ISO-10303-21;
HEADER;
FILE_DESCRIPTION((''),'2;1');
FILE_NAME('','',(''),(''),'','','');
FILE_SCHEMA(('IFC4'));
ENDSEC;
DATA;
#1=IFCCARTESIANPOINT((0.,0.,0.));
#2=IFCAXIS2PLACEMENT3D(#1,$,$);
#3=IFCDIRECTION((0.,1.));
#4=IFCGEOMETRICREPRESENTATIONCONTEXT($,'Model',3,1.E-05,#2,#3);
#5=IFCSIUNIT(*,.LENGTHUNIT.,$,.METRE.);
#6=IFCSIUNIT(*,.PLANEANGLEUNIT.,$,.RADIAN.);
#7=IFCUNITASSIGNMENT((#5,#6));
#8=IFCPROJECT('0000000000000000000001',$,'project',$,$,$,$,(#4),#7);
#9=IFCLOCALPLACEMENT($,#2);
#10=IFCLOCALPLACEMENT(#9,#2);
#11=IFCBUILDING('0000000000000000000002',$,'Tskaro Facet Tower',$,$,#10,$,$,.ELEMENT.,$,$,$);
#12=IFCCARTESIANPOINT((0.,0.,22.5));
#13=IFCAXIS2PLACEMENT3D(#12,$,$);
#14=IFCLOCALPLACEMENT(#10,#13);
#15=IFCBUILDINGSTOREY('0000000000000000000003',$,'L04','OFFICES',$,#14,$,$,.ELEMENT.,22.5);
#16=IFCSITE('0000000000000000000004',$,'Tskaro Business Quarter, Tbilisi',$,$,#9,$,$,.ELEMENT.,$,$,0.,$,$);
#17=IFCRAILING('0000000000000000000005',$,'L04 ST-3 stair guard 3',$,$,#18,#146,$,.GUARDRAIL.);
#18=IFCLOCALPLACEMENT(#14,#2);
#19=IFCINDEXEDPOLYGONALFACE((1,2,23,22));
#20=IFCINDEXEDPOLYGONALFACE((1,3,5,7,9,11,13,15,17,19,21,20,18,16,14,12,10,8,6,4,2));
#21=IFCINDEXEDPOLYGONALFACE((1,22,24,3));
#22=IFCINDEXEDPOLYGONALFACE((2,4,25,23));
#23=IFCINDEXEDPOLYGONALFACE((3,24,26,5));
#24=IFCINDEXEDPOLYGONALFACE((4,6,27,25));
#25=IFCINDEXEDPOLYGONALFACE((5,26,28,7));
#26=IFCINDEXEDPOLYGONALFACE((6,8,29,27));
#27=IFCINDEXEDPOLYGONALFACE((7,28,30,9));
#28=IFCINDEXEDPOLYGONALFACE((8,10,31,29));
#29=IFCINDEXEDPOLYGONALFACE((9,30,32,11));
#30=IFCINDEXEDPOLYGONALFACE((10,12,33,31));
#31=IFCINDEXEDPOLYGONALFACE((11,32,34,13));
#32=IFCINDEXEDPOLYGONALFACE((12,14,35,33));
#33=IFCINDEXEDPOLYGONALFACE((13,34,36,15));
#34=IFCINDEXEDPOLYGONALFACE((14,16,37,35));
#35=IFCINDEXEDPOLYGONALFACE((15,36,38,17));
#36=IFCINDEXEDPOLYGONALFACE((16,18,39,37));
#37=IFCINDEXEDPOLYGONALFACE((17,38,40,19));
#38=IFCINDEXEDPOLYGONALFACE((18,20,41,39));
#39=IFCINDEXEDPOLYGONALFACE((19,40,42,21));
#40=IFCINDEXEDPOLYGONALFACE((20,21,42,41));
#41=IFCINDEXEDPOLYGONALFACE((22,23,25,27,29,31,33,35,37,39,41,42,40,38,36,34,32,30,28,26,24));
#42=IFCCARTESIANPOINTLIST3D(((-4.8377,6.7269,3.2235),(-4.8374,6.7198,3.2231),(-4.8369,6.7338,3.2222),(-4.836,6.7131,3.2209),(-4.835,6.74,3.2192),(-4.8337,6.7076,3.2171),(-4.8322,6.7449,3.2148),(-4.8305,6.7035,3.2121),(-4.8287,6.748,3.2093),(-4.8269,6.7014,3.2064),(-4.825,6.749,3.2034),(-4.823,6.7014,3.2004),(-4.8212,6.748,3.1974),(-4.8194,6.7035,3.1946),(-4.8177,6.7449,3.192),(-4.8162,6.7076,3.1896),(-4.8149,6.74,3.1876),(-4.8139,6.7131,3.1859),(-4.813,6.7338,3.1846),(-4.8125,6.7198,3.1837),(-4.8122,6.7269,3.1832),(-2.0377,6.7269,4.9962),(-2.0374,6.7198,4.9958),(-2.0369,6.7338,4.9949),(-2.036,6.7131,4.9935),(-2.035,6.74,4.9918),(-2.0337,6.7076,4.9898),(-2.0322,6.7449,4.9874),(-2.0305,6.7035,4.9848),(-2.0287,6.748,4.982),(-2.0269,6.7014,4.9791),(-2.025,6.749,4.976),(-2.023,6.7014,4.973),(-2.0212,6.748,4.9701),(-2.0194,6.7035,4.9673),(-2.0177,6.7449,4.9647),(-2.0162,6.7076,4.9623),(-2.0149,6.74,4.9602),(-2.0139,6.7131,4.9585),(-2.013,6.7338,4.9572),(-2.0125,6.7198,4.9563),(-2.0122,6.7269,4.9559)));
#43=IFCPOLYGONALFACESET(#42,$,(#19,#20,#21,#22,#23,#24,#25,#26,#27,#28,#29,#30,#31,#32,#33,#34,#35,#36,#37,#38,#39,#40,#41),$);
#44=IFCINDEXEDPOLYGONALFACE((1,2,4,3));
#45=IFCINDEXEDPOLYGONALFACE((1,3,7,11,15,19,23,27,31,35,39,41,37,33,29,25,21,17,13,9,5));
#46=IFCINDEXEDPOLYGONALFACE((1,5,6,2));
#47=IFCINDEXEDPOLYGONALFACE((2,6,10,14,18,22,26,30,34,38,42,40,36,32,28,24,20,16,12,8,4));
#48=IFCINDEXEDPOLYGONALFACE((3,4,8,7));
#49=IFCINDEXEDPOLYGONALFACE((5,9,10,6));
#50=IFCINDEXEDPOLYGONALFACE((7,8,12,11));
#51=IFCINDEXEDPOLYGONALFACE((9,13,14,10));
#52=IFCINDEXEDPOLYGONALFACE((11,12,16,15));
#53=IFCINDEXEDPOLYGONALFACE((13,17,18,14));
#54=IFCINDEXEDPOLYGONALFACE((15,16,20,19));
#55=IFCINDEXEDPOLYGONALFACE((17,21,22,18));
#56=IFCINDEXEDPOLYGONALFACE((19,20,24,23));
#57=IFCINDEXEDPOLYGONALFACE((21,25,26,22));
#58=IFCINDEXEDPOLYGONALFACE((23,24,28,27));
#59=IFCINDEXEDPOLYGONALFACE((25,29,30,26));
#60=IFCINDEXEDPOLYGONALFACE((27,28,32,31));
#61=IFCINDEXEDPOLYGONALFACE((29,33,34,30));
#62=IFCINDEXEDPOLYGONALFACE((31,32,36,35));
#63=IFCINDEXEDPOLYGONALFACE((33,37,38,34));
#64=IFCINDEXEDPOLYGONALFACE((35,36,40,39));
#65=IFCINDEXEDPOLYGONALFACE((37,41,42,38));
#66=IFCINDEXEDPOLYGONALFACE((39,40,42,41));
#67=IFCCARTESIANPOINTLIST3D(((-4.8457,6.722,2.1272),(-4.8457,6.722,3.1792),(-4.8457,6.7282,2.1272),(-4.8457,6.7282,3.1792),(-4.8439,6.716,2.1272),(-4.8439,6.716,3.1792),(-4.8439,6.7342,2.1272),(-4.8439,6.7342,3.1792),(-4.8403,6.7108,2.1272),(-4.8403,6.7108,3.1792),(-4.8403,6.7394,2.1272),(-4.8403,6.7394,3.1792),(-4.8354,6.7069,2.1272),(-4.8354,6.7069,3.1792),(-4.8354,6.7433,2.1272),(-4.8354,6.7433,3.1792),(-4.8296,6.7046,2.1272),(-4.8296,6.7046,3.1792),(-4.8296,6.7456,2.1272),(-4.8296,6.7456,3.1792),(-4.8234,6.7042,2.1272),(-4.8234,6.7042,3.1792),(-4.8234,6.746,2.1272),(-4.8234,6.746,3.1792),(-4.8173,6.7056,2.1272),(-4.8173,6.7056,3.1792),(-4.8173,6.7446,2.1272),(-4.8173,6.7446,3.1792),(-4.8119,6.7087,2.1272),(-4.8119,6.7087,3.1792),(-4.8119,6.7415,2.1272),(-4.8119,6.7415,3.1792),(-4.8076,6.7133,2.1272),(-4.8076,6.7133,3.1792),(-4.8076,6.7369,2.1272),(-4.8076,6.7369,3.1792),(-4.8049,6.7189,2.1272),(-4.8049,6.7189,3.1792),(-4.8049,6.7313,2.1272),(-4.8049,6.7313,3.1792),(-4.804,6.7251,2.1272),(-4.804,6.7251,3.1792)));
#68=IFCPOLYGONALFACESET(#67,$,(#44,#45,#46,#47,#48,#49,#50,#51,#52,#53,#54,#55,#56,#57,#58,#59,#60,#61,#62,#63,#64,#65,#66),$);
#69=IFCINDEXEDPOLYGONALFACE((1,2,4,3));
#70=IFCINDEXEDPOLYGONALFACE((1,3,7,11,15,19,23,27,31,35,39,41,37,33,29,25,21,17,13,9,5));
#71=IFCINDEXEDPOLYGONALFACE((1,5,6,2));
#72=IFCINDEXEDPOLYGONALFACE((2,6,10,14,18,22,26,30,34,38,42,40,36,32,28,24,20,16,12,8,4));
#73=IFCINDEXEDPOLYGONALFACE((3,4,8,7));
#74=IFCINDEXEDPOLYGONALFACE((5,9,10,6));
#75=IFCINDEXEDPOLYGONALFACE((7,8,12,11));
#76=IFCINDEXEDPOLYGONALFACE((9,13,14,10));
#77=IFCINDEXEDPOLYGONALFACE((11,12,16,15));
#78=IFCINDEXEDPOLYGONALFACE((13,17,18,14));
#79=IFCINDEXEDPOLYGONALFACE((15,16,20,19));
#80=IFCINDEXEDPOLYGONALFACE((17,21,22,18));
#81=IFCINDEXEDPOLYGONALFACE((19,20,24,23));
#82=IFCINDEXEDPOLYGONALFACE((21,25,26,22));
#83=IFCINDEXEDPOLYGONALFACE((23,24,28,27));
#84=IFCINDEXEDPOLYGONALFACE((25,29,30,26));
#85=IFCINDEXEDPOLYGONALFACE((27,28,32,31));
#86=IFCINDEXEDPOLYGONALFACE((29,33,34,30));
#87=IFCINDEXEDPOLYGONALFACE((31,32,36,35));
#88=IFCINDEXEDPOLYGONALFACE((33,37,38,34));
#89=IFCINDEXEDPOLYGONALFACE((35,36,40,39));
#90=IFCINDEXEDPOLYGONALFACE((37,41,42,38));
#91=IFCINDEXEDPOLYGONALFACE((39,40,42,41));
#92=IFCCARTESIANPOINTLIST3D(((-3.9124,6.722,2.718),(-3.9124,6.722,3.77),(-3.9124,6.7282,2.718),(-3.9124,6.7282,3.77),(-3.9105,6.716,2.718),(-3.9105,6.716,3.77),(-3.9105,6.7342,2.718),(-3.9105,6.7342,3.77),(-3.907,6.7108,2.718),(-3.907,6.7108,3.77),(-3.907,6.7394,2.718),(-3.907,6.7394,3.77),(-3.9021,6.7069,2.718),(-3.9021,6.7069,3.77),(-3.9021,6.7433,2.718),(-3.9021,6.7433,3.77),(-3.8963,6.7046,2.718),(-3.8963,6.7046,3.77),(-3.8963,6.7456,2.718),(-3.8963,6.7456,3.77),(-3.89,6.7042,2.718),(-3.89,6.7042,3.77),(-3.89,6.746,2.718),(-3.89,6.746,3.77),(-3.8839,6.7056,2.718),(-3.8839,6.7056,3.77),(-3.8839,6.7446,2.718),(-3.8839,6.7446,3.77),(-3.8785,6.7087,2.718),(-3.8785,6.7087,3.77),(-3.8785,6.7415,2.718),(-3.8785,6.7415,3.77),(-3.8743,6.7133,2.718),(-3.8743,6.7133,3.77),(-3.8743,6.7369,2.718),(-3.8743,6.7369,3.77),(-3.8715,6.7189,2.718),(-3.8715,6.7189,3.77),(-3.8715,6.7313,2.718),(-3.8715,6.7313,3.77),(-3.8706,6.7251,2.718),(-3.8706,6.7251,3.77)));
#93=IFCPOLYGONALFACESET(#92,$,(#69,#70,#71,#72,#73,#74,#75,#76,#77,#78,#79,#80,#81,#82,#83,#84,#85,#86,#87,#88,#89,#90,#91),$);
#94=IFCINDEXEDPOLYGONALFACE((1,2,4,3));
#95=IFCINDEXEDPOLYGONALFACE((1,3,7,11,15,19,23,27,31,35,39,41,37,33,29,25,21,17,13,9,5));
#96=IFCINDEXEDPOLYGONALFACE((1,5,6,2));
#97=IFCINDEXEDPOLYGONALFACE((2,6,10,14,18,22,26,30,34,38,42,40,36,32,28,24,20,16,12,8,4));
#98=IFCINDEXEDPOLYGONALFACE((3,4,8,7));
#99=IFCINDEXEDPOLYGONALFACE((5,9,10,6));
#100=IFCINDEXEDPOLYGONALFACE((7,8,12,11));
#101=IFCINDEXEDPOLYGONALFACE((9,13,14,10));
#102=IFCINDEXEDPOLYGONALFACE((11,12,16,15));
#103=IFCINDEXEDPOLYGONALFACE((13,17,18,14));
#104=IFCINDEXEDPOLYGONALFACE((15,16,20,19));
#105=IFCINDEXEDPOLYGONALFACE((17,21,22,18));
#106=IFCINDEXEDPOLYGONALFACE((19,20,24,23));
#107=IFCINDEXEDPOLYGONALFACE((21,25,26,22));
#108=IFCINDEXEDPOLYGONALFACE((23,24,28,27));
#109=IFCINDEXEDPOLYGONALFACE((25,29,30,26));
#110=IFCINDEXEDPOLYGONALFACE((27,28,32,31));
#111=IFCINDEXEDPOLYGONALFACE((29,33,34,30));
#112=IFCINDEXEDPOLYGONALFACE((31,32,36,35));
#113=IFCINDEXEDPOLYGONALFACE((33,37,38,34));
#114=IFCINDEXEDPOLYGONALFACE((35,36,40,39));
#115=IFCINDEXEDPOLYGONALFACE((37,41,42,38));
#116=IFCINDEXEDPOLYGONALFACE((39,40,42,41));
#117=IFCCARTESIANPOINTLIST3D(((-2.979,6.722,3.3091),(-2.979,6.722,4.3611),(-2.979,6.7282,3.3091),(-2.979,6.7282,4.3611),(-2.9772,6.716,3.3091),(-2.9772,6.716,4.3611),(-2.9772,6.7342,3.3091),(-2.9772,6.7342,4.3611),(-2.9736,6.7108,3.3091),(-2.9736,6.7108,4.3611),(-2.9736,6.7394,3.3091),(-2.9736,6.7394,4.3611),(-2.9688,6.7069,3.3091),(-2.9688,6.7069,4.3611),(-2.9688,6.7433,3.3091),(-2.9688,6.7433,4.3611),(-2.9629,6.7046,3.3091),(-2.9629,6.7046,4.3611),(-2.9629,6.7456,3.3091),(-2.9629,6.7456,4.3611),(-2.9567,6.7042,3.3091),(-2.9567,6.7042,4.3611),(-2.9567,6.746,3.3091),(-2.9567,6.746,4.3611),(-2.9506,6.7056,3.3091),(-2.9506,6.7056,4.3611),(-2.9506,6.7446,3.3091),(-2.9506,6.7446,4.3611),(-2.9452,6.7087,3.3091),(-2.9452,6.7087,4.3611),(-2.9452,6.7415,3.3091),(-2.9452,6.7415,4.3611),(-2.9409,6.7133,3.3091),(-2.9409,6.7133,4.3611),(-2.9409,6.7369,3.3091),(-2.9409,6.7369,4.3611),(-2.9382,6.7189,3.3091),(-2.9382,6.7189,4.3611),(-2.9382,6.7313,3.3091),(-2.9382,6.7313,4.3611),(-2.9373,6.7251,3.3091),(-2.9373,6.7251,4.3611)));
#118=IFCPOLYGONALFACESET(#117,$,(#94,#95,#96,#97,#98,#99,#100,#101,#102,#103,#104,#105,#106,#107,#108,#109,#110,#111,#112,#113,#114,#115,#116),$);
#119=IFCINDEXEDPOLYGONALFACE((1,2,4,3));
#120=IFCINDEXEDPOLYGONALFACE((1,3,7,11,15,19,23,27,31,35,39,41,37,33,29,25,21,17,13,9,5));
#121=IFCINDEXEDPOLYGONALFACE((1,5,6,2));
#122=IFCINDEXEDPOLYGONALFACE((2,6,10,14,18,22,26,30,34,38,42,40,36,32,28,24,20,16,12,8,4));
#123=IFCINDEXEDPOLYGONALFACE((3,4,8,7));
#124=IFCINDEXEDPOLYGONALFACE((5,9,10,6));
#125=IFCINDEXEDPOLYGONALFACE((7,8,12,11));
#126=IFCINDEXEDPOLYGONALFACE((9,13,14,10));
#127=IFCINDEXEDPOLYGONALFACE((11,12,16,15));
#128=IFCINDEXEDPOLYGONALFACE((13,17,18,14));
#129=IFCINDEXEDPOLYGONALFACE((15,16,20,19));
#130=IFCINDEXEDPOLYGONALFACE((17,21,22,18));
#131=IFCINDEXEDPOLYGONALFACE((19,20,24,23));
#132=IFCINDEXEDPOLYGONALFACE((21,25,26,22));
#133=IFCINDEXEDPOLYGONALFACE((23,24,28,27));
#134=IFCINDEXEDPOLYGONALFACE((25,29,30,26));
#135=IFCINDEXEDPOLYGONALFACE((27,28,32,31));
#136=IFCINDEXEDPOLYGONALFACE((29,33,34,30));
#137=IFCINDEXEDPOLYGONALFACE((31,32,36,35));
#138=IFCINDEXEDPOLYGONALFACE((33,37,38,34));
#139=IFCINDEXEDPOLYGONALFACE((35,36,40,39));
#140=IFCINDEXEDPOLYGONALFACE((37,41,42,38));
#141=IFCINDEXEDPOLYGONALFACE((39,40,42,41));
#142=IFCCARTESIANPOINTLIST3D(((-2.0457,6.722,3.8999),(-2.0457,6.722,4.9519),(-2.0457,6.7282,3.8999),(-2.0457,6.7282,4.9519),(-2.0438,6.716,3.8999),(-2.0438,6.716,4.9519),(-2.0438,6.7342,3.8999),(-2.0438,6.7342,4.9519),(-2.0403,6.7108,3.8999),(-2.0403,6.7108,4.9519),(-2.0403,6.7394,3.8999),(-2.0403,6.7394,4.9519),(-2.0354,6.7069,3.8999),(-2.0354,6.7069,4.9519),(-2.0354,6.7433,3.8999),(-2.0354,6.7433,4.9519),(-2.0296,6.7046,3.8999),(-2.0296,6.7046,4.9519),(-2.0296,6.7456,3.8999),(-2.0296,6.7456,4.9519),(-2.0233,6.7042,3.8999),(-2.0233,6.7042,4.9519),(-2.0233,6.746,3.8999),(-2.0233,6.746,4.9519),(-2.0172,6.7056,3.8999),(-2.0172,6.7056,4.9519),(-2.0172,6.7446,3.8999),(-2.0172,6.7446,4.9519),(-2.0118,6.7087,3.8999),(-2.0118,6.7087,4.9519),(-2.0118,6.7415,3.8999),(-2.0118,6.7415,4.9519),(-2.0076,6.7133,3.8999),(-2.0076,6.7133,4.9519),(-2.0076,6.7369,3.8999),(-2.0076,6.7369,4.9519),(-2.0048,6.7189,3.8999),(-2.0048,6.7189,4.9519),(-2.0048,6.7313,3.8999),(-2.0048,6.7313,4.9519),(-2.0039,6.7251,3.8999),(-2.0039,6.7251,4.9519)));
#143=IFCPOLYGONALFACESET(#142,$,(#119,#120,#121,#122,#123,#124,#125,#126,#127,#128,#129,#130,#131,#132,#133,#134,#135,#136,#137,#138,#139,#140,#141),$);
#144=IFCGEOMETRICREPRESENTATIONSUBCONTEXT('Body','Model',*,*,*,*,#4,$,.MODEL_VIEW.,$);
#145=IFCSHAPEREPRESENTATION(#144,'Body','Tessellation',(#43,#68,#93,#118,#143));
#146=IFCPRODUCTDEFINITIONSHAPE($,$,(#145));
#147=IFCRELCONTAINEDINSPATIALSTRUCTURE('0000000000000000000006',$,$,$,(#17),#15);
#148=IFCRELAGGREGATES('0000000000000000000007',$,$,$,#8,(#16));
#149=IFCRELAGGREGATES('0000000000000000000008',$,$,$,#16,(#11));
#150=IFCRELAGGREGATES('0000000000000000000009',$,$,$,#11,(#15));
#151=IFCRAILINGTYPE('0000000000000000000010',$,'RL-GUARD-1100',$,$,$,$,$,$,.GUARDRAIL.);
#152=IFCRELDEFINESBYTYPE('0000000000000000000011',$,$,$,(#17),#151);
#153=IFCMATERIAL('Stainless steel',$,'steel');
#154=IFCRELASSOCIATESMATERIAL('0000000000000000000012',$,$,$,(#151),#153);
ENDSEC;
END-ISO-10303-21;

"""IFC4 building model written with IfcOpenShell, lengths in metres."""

from ifc_helpers import new_model, si_unit, direction, frame, origin, origin_2d, place, context, subcontext, project, spatial, circle, extrude, material, type_object, element, save


model = new_model("IFC4")

# Units and contexts
model_context = context("Model", 3, precision=1e-05, world=origin(), true_north=direction((0.0, 1.0)))
body_context = subcontext(model_context, "Body", "Model", "MODEL_VIEW")
ifc_project = project(units=[si_unit("LENGTHUNIT", "METRE"), si_unit("PLANEANGLEUNIT", "RADIAN")], contexts=[model_context])

# Site, building, storey
site_placement = place(None, origin())
site = spatial("IfcSite", under=ifc_project, at=site_placement, Name="Tskaro Business Quarter, Tbilisi", CompositionType="ELEMENT", RefElevation=0.0)
building_placement = place(site_placement, origin())
building = spatial("IfcBuilding", under=site, at=building_placement, Name="Tskaro Facet Tower", CompositionType="ELEMENT")
storey_placement = place(building_placement, frame((0.0, 0.0, 22.5)))
storey = spatial("IfcBuildingStorey", under=building, at=storey_placement, Name="L04", Description="OFFICES", CompositionType="ELEMENT", Elevation=22.5)

# Railing
ifc_material_1 = material(Name="Stainless steel", Category="steel")
railing_type_1 = type_object("IfcRailingType", Name="RL-GUARD-1100", PredefinedType="GUARDRAIL", material=ifc_material_1)
railing_1_placement = place(storey_placement, frame((-4.825, 6.7251, 2.1272)))
element("IfcRailing", 1, at=railing_1_placement, inside=storey, type_object=railing_type_1, Name="L04 ST-3 stair guard 3", PredefinedType="GUARDRAIL", context=body_context, shape_type="SweptSolid", body=[
    extrude(circle(Radius=0.0239, at=origin_2d()), frame((0.0, 0.0, 1.0762), z_axis=(0.844909, 0.0, 0.53491), x_axis=(0.0, 1.0, 0.0)), (0.0, 0.0, 1.0), 3.314),
    extrude(circle(Radius=0.021, at=origin_2d()), origin(), (0.0, 0.0, 1.0), 1.052),
    extrude(circle(Radius=0.021, at=origin_2d()), frame((0.9333, 0.0, 0.5908)), (0.0, 0.0, 1.0), 1.052),
    extrude(circle(Radius=0.021, at=origin_2d()), frame((1.8667, 0.0, 1.1819)), (0.0, 0.0, 1.0), 1.052),
    extrude(circle(Radius=0.021, at=origin_2d()), frame((2.8, 0.0, 1.7727)), (0.0, 0.0, 1.0), 1.052),
])

save(model, "model.ifc")
